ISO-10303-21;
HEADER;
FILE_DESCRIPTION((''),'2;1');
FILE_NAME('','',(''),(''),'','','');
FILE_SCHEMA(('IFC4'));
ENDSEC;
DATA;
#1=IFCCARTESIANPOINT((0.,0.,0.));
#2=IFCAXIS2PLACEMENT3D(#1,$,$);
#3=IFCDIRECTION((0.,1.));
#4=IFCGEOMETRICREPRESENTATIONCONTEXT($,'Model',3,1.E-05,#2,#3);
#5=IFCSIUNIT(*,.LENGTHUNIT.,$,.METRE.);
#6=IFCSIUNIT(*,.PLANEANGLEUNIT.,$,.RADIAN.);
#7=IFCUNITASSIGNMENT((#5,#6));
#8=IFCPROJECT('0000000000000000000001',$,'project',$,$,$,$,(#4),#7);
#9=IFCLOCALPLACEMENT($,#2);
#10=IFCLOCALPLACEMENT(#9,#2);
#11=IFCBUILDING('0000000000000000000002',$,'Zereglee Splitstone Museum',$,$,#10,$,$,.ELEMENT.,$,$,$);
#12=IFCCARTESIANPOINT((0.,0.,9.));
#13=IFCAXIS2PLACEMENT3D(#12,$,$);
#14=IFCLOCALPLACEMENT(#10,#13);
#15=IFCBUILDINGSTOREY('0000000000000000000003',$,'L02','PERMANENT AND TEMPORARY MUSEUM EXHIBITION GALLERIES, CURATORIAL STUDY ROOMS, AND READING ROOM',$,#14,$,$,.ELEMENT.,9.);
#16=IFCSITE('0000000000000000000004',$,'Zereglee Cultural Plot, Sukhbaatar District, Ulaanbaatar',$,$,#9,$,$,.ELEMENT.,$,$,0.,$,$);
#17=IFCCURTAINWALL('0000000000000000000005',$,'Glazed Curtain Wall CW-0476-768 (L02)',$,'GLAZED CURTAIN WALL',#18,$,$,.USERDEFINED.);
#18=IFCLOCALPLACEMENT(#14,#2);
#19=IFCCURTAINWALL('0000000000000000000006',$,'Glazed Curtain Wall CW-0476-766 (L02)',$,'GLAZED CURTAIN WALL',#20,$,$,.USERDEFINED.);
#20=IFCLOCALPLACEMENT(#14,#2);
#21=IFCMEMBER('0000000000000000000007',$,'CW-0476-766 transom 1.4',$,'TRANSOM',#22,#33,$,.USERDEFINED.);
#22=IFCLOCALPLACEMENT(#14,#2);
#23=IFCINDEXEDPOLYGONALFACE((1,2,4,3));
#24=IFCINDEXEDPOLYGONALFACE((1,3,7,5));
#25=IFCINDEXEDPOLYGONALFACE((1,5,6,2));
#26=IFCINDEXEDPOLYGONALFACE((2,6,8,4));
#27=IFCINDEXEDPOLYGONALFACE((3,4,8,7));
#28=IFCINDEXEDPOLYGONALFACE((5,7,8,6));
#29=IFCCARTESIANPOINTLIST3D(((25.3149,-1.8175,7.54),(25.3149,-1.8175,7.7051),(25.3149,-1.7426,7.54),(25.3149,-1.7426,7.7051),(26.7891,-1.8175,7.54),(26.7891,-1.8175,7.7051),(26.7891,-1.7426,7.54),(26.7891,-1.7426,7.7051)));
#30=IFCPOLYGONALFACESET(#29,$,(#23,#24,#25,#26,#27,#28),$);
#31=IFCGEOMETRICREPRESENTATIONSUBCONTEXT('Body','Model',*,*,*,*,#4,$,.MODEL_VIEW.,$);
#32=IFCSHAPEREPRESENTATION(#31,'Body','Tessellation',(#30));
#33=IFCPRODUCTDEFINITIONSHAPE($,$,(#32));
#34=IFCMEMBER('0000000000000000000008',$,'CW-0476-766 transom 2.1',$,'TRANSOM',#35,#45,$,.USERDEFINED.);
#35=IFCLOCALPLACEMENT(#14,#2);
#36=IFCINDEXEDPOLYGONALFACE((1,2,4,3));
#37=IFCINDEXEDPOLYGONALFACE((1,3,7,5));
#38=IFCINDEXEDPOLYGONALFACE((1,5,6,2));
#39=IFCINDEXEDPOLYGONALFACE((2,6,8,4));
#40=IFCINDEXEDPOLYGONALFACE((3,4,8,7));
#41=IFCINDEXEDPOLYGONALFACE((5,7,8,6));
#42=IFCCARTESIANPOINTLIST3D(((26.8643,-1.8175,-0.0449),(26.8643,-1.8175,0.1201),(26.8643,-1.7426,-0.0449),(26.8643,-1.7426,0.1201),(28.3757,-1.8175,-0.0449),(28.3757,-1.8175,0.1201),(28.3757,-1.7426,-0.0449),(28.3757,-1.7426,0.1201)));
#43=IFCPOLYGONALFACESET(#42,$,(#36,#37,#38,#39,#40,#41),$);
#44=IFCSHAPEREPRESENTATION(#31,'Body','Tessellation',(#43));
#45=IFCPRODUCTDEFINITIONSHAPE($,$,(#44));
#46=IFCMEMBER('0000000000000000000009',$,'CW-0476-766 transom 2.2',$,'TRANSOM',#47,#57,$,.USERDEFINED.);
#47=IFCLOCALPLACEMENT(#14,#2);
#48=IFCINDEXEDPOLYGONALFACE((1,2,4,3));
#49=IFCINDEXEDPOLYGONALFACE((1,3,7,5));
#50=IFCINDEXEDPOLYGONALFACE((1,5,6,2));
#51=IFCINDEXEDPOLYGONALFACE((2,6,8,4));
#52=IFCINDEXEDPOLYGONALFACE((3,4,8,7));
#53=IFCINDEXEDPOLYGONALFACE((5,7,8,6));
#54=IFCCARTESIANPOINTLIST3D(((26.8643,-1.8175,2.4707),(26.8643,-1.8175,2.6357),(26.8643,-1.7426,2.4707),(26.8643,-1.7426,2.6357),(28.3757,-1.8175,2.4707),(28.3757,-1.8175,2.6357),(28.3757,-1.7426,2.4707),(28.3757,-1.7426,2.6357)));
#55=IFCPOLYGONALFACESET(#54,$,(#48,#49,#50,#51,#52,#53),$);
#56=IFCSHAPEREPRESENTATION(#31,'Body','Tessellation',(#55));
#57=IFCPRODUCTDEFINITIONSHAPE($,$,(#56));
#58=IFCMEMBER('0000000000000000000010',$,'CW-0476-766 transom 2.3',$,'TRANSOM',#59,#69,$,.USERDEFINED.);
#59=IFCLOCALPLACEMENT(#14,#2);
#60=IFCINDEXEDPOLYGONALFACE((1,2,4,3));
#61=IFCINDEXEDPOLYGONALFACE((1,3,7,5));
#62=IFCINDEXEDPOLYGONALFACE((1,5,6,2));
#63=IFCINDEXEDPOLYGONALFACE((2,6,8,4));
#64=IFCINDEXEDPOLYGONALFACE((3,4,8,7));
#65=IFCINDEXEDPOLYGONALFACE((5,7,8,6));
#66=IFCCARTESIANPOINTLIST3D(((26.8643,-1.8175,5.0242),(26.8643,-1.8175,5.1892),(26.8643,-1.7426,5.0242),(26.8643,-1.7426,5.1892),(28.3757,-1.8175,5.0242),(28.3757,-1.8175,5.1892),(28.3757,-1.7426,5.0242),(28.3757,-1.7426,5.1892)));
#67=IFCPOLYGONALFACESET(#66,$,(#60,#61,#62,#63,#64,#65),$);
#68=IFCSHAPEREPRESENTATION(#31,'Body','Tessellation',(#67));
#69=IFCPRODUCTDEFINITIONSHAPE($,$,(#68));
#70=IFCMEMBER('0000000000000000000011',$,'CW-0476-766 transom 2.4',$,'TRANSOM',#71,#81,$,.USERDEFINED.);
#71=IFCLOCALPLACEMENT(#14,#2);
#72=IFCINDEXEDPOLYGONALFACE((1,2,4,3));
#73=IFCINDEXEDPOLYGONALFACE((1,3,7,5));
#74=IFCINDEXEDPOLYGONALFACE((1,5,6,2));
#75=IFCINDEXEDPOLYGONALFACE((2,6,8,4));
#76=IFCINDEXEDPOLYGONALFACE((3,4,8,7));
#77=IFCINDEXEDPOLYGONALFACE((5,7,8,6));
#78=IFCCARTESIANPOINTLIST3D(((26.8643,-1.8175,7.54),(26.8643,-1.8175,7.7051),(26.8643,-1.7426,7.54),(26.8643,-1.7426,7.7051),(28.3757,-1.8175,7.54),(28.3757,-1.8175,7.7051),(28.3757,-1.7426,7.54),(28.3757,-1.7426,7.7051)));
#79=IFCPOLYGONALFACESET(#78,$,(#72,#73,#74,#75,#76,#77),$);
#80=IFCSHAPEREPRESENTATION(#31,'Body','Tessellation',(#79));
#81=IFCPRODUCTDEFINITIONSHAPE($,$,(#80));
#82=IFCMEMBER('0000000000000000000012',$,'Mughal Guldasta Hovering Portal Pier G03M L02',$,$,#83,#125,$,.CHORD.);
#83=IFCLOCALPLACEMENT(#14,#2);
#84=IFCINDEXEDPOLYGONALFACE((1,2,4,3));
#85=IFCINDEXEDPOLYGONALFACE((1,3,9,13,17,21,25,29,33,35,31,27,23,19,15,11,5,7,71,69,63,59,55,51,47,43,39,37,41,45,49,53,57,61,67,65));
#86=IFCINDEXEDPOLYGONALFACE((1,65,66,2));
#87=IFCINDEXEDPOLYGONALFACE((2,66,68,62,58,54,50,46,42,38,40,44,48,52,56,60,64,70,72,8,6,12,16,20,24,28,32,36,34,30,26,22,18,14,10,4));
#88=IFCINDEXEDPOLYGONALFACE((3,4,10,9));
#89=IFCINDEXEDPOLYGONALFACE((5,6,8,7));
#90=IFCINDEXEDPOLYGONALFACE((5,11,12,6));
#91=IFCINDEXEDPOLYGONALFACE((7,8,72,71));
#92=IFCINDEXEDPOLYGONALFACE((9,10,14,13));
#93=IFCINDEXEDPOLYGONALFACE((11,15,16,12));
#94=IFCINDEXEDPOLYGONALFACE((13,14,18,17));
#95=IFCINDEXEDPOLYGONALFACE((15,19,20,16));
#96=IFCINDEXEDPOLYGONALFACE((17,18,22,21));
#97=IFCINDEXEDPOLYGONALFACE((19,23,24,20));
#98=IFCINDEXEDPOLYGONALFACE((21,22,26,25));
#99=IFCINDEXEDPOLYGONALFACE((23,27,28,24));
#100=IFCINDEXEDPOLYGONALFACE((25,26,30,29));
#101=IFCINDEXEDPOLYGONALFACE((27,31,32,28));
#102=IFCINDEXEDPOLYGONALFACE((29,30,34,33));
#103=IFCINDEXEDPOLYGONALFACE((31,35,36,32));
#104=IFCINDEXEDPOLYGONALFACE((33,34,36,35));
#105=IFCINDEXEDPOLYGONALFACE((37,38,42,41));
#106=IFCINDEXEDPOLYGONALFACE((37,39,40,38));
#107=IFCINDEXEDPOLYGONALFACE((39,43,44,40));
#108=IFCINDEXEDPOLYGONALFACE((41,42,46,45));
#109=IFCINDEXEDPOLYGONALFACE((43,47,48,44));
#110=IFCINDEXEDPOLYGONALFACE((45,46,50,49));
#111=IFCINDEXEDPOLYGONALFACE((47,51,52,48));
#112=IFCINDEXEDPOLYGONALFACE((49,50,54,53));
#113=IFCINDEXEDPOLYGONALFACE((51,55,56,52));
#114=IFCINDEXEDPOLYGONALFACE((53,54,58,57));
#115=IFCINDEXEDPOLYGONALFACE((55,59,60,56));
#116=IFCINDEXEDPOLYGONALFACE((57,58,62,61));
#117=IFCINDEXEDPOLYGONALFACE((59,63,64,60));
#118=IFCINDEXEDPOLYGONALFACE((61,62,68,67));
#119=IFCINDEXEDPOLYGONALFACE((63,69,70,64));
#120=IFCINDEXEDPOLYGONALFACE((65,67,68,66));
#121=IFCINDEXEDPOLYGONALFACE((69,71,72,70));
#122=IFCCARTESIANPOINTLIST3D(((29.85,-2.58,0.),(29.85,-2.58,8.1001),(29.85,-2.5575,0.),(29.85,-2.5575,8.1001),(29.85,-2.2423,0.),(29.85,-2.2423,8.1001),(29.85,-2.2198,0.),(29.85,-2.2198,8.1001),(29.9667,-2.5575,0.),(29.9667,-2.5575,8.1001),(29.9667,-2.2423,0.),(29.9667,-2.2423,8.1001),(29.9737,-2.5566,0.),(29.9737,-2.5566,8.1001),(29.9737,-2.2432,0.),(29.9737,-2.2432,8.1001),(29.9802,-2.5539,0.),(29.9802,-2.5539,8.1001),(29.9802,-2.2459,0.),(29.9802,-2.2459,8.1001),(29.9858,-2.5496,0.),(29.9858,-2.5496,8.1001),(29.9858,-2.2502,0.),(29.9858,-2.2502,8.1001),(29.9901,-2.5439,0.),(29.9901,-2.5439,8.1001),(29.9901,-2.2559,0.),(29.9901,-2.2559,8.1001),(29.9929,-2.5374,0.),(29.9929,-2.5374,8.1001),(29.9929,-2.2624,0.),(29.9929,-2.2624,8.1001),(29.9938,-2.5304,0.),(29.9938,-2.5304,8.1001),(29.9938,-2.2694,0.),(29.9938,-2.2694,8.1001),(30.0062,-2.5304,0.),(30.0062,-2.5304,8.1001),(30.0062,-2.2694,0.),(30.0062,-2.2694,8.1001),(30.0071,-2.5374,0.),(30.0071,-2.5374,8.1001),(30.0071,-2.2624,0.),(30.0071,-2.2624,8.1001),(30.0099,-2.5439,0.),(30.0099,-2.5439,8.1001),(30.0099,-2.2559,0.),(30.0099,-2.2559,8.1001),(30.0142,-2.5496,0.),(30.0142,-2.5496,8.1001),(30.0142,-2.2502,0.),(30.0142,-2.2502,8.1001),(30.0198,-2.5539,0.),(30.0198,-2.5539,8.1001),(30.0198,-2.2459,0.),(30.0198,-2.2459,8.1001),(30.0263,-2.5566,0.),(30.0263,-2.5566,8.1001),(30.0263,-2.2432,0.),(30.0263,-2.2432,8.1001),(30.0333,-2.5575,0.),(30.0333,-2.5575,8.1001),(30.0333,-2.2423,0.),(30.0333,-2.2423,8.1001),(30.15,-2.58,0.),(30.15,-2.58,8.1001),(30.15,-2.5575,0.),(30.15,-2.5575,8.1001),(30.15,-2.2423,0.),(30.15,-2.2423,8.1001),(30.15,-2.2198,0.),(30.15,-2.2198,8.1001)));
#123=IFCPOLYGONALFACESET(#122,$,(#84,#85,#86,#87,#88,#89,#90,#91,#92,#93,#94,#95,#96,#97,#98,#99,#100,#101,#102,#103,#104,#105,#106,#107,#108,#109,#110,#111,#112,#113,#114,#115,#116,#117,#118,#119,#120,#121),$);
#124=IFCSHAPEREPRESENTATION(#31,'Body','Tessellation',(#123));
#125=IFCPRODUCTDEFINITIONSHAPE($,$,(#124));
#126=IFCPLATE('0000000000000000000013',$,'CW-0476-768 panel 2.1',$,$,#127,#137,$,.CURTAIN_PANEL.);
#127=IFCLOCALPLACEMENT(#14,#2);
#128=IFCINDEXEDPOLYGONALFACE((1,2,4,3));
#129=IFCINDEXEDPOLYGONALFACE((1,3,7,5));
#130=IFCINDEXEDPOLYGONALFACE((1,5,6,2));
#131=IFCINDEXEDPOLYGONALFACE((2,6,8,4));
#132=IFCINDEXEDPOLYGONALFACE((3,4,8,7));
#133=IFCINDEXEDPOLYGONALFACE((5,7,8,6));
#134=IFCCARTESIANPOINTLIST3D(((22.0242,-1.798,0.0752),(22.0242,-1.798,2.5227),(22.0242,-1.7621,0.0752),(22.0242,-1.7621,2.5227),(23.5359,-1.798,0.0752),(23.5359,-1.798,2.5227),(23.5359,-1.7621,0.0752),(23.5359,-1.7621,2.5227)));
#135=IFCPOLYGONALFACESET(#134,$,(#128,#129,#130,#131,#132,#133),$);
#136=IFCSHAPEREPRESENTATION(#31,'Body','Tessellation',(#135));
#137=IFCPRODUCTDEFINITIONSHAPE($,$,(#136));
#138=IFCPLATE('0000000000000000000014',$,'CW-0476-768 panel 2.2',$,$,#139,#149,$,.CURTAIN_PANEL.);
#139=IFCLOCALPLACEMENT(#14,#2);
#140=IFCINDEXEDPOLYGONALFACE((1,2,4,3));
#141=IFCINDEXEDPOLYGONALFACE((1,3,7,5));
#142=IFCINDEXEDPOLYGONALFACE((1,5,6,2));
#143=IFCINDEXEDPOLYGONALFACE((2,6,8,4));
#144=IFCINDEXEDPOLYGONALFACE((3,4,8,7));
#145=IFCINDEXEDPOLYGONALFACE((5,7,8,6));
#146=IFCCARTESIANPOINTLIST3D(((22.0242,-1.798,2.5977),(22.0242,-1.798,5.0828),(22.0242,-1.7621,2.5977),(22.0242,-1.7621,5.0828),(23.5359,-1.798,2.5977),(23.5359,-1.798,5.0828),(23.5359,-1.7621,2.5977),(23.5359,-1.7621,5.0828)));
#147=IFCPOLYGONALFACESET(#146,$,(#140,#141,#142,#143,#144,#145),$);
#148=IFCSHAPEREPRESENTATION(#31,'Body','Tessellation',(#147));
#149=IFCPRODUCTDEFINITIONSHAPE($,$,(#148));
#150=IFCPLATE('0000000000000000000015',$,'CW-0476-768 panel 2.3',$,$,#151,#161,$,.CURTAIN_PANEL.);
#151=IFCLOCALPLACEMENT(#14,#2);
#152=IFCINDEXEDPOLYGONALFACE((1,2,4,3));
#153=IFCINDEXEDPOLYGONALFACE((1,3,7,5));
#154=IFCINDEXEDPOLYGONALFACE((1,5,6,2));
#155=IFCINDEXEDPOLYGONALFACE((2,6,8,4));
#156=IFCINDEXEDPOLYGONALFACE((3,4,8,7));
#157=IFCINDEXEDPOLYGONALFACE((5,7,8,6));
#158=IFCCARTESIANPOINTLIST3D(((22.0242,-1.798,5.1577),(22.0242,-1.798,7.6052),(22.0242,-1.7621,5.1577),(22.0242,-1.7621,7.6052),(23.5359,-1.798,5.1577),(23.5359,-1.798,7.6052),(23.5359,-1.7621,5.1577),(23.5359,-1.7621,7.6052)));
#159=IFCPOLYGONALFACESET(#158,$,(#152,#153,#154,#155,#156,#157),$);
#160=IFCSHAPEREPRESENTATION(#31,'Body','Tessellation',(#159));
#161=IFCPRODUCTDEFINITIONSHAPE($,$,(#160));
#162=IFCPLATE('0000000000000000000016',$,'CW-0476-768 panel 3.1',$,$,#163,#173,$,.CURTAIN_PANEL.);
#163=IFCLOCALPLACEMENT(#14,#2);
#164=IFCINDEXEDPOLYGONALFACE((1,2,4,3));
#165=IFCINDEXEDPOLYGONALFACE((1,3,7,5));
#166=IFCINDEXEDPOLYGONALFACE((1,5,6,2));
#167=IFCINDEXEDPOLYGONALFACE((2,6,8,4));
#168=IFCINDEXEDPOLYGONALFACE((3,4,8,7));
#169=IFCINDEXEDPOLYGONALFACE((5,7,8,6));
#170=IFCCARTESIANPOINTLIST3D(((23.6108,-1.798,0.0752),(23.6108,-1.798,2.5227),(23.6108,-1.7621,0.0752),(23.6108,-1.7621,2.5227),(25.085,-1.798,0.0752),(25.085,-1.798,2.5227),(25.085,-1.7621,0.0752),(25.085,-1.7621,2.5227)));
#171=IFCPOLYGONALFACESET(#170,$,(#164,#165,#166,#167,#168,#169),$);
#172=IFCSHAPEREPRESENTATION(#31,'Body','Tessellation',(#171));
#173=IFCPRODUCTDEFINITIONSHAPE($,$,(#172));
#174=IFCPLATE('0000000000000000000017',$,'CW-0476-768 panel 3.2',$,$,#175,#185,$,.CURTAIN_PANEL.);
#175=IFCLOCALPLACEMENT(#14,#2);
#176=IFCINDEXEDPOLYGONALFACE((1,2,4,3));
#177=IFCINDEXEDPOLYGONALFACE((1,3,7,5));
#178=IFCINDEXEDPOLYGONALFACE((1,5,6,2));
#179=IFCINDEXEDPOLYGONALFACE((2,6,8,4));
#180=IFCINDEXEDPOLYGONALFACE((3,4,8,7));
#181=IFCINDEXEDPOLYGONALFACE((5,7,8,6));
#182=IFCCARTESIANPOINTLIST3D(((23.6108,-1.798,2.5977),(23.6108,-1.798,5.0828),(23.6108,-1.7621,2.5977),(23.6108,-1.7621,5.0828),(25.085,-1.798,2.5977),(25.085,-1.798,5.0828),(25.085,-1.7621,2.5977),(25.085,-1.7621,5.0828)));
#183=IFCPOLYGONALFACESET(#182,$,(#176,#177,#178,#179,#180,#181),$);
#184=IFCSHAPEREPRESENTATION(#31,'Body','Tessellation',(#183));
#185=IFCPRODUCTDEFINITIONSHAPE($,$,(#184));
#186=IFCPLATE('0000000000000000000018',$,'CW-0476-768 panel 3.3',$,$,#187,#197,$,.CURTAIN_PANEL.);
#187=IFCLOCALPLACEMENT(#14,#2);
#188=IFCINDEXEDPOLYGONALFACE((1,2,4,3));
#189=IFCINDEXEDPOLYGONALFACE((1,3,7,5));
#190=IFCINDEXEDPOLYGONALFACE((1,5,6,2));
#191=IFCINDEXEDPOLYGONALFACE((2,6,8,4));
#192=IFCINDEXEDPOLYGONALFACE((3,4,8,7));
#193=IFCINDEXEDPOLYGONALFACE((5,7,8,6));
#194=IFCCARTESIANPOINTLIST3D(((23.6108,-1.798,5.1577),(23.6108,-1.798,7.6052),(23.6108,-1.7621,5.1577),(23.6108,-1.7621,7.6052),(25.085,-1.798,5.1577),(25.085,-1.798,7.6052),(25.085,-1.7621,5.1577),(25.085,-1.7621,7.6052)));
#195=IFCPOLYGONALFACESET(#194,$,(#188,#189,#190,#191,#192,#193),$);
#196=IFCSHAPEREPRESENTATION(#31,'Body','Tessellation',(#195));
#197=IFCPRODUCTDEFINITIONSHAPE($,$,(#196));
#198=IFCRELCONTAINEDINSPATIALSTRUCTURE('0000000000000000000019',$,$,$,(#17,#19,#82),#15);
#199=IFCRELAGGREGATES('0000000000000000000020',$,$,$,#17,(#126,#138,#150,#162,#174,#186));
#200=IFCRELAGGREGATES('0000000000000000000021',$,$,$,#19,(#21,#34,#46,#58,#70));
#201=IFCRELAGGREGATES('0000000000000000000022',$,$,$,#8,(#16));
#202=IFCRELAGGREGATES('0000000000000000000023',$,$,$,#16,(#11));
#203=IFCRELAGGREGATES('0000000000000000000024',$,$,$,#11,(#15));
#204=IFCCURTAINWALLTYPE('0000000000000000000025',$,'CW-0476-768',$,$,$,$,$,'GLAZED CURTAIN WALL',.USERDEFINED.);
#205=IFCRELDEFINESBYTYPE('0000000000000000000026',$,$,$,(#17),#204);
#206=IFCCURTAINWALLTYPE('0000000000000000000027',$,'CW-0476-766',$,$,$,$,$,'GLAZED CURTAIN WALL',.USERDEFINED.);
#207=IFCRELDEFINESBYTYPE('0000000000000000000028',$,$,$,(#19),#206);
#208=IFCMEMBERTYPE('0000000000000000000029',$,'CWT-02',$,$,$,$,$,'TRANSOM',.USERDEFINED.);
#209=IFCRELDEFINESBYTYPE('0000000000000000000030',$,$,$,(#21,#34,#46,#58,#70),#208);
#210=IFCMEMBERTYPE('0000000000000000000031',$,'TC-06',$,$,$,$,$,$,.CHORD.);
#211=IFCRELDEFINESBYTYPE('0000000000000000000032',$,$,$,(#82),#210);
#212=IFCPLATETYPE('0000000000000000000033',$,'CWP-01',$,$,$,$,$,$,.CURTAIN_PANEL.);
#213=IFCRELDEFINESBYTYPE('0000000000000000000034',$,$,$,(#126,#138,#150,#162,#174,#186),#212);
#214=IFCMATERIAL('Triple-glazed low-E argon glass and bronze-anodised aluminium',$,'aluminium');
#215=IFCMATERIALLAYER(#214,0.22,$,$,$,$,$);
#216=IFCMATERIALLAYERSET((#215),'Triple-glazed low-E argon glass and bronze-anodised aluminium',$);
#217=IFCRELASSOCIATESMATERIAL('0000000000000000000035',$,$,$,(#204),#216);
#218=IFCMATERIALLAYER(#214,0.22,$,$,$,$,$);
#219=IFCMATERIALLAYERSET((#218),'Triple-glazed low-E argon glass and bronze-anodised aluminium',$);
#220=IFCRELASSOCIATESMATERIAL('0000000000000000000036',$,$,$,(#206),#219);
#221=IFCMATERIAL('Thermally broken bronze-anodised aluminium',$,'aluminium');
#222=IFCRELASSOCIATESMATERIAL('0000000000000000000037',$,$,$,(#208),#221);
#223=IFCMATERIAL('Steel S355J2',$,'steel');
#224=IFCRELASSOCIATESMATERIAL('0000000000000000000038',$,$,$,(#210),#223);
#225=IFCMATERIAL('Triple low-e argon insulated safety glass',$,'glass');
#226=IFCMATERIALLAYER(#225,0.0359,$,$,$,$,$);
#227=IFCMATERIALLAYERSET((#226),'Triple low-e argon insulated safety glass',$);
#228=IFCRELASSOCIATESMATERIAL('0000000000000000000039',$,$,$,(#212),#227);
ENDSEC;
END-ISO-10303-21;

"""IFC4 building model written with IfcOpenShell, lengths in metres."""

from ifc_helpers import new_model, si_unit, direction, frame, origin, origin_2d, place, context, subcontext, project, spatial, rectangle, i_section, extrude, material, layer, layer_set, material_profile, profile_set, type_object, element, aggregate, save


model = new_model("IFC4")

# Units and contexts
model_context = context("Model", 3, precision=1e-05, world=origin(), true_north=direction((0.0, 1.0)))
body_context = subcontext(model_context, "Body", "Model", "MODEL_VIEW")
ifc_project = project(units=[si_unit("LENGTHUNIT", "METRE"), si_unit("PLANEANGLEUNIT", "RADIAN")], contexts=[model_context])

# Site, building, storey
site_placement = place(None, origin())
site = spatial("IfcSite", under=ifc_project, at=site_placement, Name="Zereglee Cultural Plot, Sukhbaatar District, Ulaanbaatar", CompositionType="ELEMENT", RefElevation=0.0)
building_placement = place(site_placement, origin())
building = spatial("IfcBuilding", under=site, at=building_placement, Name="Zereglee Splitstone Museum", CompositionType="ELEMENT")
storey_placement = place(building_placement, frame((0.0, 0.0, 9.0)))
storey = spatial("IfcBuildingStorey", under=building, at=storey_placement, Name="L02", Description="PERMANENT AND TEMPORARY MUSEUM EXHIBITION GALLERIES, CURATORIAL STUDY ROOMS, AND READING ROOM", CompositionType="ELEMENT", Elevation=9.0)

# Curtain walls
ifc_material_1 = material(Name="Triple-glazed low-E argon glass and bronze-anodised aluminium", Category="aluminium")
ifc_layer_1 = layer(ifc_material_1, 0.22)
ifc_layer_set_1 = layer_set([ifc_layer_1], Name="Triple-glazed low-E argon glass and bronze-anodised aluminium")
curtain_wall_type_1 = type_object("IfcCurtainWallType", Name="CW-0476-768", ElementType="GLAZED CURTAIN WALL", PredefinedType="USERDEFINED", material=ifc_layer_set_1)
curtain_wall_1_placement = place(storey_placement, origin())
curtain_wall_1 = element("IfcCurtainWall", 1, at=curtain_wall_1_placement, inside=storey, type_object=curtain_wall_type_1, Name="Glazed Curtain Wall CW-0476-768 (L02)", ObjectType="GLAZED CURTAIN WALL", PredefinedType="USERDEFINED")
ifc_material_2 = material(Name="Thermally broken bronze-anodised aluminium", Category="aluminium")
ifc_layer_2 = layer(ifc_material_1, 0.22)
ifc_layer_set_2 = layer_set([ifc_layer_2], Name="Triple-glazed low-E argon glass and bronze-anodised aluminium")
curtain_wall_type_2 = type_object("IfcCurtainWallType", Name="CW-0476-766", ElementType="GLAZED CURTAIN WALL", PredefinedType="USERDEFINED", material=ifc_layer_set_2)
curtain_wall_2_placement = place(storey_placement, origin())
curtain_wall_2 = element("IfcCurtainWall", 2, at=curtain_wall_2_placement, inside=storey, type_object=curtain_wall_type_2, Name="Glazed Curtain Wall CW-0476-766 (L02)", ObjectType="GLAZED CURTAIN WALL", PredefinedType="USERDEFINED")

# Members
ifc_material_profile_1 = material_profile(ifc_material_2, rectangle(XDim=0.075, YDim=0.165, at=origin_2d()), Name="CW TRAN 75x165")
ifc_profile_set_1 = profile_set([ifc_material_profile_1], Name="Thermally broken bronze-anodised aluminium")
member_type_1 = type_object("IfcMemberType", Name="CWT-02", ElementType="TRANSOM", PredefinedType="USERDEFINED", material=ifc_profile_set_1)
member_1_placement = place(storey_placement, frame((25.3149, -1.78, 7.6226), z_axis=(1.0, 0.0, 0.0), x_axis=(0.0, 1.0, 0.0)))
member_1 = element("IfcMember", 3, at=member_1_placement, type_object=member_type_1, Name="CW-0476-766 transom 1.4", ObjectType="TRANSOM", PredefinedType="USERDEFINED", context=body_context, shape_type="SweptSolid", body=[
    extrude(rectangle(XDim=0.075, YDim=0.165, at=origin_2d()), origin(), (0.0, 0.0, 1.0), 1.4741),
])
member_2_placement = place(storey_placement, frame((26.8643, -1.78, 0.0376), z_axis=(1.0, 0.0, 0.0), x_axis=(0.0, 1.0, 0.0)))
member_2 = element("IfcMember", 4, at=member_2_placement, type_object=member_type_1, Name="CW-0476-766 transom 2.1", ObjectType="TRANSOM", PredefinedType="USERDEFINED", context=body_context, shape_type="SweptSolid", body=[
    extrude(rectangle(XDim=0.075, YDim=0.165, at=origin_2d()), origin(), (0.0, 0.0, 1.0), 1.5115),
])
member_3_placement = place(storey_placement, frame((26.8643, -1.78, 2.5532), z_axis=(1.0, 0.0, 0.0), x_axis=(0.0, 1.0, 0.0)))
member_3 = element("IfcMember", 5, at=member_3_placement, type_object=member_type_1, Name="CW-0476-766 transom 2.2", ObjectType="TRANSOM", PredefinedType="USERDEFINED", context=body_context, shape_type="SweptSolid", body=[
    extrude(rectangle(XDim=0.075, YDim=0.165, at=origin_2d()), origin(), (0.0, 0.0, 1.0), 1.5115),
])
member_4_placement = place(storey_placement, frame((26.8643, -1.78, 5.1067), z_axis=(1.0, 0.0, 0.0), x_axis=(0.0, 1.0, 0.0)))
member_4 = element("IfcMember", 6, at=member_4_placement, type_object=member_type_1, Name="CW-0476-766 transom 2.3", ObjectType="TRANSOM", PredefinedType="USERDEFINED", context=body_context, shape_type="SweptSolid", body=[
    extrude(rectangle(XDim=0.075, YDim=0.165, at=origin_2d()), origin(), (0.0, 0.0, 1.0), 1.5115),
])
member_5_placement = place(storey_placement, frame((26.8643, -1.78, 7.6226), z_axis=(1.0, 0.0, 0.0), x_axis=(0.0, 1.0, 0.0)))
member_5 = element("IfcMember", 7, at=member_5_placement, type_object=member_type_1, Name="CW-0476-766 transom 2.4", ObjectType="TRANSOM", PredefinedType="USERDEFINED", context=body_context, shape_type="SweptSolid", body=[
    extrude(rectangle(XDim=0.075, YDim=0.165, at=origin_2d()), origin(), (0.0, 0.0, 1.0), 1.5115),
])
ifc_material_3 = material(Name="Steel S355J2", Category="steel")
ifc_material_profile_2 = material_profile(ifc_material_3, i_section(OverallWidth=0.3, OverallDepth=0.3601, WebThickness=0.0125, FlangeThickness=0.0225, FilletRadius=0.0271, at=origin_2d()), Name="HE 360 B")
ifc_profile_set_2 = profile_set([ifc_material_profile_2], Name="Steel S355J2")
member_type_2 = type_object("IfcMemberType", Name="TC-06", PredefinedType="CHORD", material=ifc_profile_set_2)
member_6_placement = place(storey_placement, frame((30.0, -2.3999, 0.0), z_axis=(0.0, 0.0, 1.0), x_axis=(1.0, 0.0, 0.0)))
element("IfcMember", 8, at=member_6_placement, inside=storey, type_object=member_type_2, Name="Mughal Guldasta Hovering Portal Pier G03M L02", PredefinedType="CHORD", context=body_context, shape_type="SweptSolid", body=[
    extrude(i_section(OverallWidth=0.3, OverallDepth=0.3601, WebThickness=0.0125, FlangeThickness=0.0225, FilletRadius=0.0271, at=origin_2d()), origin(), (0.0, 0.0, 1.0), 8.1001),
])

# Plates
ifc_material_4 = material(Name="Triple low-e argon insulated safety glass", Category="glass")
ifc_layer_3 = layer(ifc_material_4, 0.0359)
ifc_layer_set_3 = layer_set([ifc_layer_3], Name="Triple low-e argon insulated safety glass")
plate_type = type_object("IfcPlateType", Name="CWP-01", PredefinedType="CURTAIN_PANEL", material=ifc_layer_set_3)
plate_1_placement = place(storey_placement, frame((22.78, -1.78, 0.0752), z_axis=(0.0, 0.0, 1.0), x_axis=(1.0, 0.0, 0.0)))
plate_1 = element("IfcPlate", 9, at=plate_1_placement, type_object=plate_type, Name="CW-0476-768 panel 2.1", PredefinedType="CURTAIN_PANEL", context=body_context, shape_type="SweptSolid", body=[
    extrude(rectangle(XDim=1.5117, YDim=0.0359, at=origin_2d()), origin(), (0.0, 0.0, 1.0), 2.4475),
])
plate_2_placement = place(storey_placement, frame((22.78, -1.78, 2.5977), z_axis=(0.0, 0.0, 1.0), x_axis=(1.0, 0.0, 0.0)))
plate_2 = element("IfcPlate", 10, at=plate_2_placement, type_object=plate_type, Name="CW-0476-768 panel 2.2", PredefinedType="CURTAIN_PANEL", context=body_context, shape_type="SweptSolid", body=[
    extrude(rectangle(XDim=1.5117, YDim=0.0359, at=origin_2d()), origin(), (0.0, 0.0, 1.0), 2.4851),
])
plate_3_placement = place(storey_placement, frame((22.78, -1.78, 5.1577), z_axis=(0.0, 0.0, 1.0), x_axis=(1.0, 0.0, 0.0)))
plate_3 = element("IfcPlate", 11, at=plate_3_placement, type_object=plate_type, Name="CW-0476-768 panel 2.3", PredefinedType="CURTAIN_PANEL", context=body_context, shape_type="SweptSolid", body=[
    extrude(rectangle(XDim=1.5117, YDim=0.0359, at=origin_2d()), origin(), (0.0, 0.0, 1.0), 2.4475),
])
plate_4_placement = place(storey_placement, frame((24.3479, -1.78, 0.0752), z_axis=(0.0, 0.0, 1.0), x_axis=(1.0, 0.0, 0.0)))
plate_4 = element("IfcPlate", 12, at=plate_4_placement, type_object=plate_type, Name="CW-0476-768 panel 3.1", PredefinedType="CURTAIN_PANEL", context=body_context, shape_type="SweptSolid", body=[
    extrude(rectangle(XDim=1.4741, YDim=0.0359, at=origin_2d()), origin(), (0.0, 0.0, 1.0), 2.4475),
])
plate_5_placement = place(storey_placement, frame((24.3479, -1.78, 2.5977), z_axis=(0.0, 0.0, 1.0), x_axis=(1.0, 0.0, 0.0)))
plate_5 = element("IfcPlate", 13, at=plate_5_placement, type_object=plate_type, Name="CW-0476-768 panel 3.2", PredefinedType="CURTAIN_PANEL", context=body_context, shape_type="SweptSolid", body=[
    extrude(rectangle(XDim=1.4741, YDim=0.0359, at=origin_2d()), origin(), (0.0, 0.0, 1.0), 2.4851),
])
plate_6_placement = place(storey_placement, frame((24.3479, -1.78, 5.1577), z_axis=(0.0, 0.0, 1.0), x_axis=(1.0, 0.0, 0.0)))
plate_6 = element("IfcPlate", 14, at=plate_6_placement, type_object=plate_type, Name="CW-0476-768 panel 3.3", PredefinedType="CURTAIN_PANEL", context=body_context, shape_type="SweptSolid", body=[
    extrude(rectangle(XDim=1.4741, YDim=0.0359, at=origin_2d()), origin(), (0.0, 0.0, 1.0), 2.4475),
])
aggregate(curtain_wall_1, [plate_1, plate_2, plate_3, plate_4, plate_5, plate_6])
aggregate(curtain_wall_2, [member_1, member_2, member_3, member_4, member_5])

save(model, "model.ifc")
